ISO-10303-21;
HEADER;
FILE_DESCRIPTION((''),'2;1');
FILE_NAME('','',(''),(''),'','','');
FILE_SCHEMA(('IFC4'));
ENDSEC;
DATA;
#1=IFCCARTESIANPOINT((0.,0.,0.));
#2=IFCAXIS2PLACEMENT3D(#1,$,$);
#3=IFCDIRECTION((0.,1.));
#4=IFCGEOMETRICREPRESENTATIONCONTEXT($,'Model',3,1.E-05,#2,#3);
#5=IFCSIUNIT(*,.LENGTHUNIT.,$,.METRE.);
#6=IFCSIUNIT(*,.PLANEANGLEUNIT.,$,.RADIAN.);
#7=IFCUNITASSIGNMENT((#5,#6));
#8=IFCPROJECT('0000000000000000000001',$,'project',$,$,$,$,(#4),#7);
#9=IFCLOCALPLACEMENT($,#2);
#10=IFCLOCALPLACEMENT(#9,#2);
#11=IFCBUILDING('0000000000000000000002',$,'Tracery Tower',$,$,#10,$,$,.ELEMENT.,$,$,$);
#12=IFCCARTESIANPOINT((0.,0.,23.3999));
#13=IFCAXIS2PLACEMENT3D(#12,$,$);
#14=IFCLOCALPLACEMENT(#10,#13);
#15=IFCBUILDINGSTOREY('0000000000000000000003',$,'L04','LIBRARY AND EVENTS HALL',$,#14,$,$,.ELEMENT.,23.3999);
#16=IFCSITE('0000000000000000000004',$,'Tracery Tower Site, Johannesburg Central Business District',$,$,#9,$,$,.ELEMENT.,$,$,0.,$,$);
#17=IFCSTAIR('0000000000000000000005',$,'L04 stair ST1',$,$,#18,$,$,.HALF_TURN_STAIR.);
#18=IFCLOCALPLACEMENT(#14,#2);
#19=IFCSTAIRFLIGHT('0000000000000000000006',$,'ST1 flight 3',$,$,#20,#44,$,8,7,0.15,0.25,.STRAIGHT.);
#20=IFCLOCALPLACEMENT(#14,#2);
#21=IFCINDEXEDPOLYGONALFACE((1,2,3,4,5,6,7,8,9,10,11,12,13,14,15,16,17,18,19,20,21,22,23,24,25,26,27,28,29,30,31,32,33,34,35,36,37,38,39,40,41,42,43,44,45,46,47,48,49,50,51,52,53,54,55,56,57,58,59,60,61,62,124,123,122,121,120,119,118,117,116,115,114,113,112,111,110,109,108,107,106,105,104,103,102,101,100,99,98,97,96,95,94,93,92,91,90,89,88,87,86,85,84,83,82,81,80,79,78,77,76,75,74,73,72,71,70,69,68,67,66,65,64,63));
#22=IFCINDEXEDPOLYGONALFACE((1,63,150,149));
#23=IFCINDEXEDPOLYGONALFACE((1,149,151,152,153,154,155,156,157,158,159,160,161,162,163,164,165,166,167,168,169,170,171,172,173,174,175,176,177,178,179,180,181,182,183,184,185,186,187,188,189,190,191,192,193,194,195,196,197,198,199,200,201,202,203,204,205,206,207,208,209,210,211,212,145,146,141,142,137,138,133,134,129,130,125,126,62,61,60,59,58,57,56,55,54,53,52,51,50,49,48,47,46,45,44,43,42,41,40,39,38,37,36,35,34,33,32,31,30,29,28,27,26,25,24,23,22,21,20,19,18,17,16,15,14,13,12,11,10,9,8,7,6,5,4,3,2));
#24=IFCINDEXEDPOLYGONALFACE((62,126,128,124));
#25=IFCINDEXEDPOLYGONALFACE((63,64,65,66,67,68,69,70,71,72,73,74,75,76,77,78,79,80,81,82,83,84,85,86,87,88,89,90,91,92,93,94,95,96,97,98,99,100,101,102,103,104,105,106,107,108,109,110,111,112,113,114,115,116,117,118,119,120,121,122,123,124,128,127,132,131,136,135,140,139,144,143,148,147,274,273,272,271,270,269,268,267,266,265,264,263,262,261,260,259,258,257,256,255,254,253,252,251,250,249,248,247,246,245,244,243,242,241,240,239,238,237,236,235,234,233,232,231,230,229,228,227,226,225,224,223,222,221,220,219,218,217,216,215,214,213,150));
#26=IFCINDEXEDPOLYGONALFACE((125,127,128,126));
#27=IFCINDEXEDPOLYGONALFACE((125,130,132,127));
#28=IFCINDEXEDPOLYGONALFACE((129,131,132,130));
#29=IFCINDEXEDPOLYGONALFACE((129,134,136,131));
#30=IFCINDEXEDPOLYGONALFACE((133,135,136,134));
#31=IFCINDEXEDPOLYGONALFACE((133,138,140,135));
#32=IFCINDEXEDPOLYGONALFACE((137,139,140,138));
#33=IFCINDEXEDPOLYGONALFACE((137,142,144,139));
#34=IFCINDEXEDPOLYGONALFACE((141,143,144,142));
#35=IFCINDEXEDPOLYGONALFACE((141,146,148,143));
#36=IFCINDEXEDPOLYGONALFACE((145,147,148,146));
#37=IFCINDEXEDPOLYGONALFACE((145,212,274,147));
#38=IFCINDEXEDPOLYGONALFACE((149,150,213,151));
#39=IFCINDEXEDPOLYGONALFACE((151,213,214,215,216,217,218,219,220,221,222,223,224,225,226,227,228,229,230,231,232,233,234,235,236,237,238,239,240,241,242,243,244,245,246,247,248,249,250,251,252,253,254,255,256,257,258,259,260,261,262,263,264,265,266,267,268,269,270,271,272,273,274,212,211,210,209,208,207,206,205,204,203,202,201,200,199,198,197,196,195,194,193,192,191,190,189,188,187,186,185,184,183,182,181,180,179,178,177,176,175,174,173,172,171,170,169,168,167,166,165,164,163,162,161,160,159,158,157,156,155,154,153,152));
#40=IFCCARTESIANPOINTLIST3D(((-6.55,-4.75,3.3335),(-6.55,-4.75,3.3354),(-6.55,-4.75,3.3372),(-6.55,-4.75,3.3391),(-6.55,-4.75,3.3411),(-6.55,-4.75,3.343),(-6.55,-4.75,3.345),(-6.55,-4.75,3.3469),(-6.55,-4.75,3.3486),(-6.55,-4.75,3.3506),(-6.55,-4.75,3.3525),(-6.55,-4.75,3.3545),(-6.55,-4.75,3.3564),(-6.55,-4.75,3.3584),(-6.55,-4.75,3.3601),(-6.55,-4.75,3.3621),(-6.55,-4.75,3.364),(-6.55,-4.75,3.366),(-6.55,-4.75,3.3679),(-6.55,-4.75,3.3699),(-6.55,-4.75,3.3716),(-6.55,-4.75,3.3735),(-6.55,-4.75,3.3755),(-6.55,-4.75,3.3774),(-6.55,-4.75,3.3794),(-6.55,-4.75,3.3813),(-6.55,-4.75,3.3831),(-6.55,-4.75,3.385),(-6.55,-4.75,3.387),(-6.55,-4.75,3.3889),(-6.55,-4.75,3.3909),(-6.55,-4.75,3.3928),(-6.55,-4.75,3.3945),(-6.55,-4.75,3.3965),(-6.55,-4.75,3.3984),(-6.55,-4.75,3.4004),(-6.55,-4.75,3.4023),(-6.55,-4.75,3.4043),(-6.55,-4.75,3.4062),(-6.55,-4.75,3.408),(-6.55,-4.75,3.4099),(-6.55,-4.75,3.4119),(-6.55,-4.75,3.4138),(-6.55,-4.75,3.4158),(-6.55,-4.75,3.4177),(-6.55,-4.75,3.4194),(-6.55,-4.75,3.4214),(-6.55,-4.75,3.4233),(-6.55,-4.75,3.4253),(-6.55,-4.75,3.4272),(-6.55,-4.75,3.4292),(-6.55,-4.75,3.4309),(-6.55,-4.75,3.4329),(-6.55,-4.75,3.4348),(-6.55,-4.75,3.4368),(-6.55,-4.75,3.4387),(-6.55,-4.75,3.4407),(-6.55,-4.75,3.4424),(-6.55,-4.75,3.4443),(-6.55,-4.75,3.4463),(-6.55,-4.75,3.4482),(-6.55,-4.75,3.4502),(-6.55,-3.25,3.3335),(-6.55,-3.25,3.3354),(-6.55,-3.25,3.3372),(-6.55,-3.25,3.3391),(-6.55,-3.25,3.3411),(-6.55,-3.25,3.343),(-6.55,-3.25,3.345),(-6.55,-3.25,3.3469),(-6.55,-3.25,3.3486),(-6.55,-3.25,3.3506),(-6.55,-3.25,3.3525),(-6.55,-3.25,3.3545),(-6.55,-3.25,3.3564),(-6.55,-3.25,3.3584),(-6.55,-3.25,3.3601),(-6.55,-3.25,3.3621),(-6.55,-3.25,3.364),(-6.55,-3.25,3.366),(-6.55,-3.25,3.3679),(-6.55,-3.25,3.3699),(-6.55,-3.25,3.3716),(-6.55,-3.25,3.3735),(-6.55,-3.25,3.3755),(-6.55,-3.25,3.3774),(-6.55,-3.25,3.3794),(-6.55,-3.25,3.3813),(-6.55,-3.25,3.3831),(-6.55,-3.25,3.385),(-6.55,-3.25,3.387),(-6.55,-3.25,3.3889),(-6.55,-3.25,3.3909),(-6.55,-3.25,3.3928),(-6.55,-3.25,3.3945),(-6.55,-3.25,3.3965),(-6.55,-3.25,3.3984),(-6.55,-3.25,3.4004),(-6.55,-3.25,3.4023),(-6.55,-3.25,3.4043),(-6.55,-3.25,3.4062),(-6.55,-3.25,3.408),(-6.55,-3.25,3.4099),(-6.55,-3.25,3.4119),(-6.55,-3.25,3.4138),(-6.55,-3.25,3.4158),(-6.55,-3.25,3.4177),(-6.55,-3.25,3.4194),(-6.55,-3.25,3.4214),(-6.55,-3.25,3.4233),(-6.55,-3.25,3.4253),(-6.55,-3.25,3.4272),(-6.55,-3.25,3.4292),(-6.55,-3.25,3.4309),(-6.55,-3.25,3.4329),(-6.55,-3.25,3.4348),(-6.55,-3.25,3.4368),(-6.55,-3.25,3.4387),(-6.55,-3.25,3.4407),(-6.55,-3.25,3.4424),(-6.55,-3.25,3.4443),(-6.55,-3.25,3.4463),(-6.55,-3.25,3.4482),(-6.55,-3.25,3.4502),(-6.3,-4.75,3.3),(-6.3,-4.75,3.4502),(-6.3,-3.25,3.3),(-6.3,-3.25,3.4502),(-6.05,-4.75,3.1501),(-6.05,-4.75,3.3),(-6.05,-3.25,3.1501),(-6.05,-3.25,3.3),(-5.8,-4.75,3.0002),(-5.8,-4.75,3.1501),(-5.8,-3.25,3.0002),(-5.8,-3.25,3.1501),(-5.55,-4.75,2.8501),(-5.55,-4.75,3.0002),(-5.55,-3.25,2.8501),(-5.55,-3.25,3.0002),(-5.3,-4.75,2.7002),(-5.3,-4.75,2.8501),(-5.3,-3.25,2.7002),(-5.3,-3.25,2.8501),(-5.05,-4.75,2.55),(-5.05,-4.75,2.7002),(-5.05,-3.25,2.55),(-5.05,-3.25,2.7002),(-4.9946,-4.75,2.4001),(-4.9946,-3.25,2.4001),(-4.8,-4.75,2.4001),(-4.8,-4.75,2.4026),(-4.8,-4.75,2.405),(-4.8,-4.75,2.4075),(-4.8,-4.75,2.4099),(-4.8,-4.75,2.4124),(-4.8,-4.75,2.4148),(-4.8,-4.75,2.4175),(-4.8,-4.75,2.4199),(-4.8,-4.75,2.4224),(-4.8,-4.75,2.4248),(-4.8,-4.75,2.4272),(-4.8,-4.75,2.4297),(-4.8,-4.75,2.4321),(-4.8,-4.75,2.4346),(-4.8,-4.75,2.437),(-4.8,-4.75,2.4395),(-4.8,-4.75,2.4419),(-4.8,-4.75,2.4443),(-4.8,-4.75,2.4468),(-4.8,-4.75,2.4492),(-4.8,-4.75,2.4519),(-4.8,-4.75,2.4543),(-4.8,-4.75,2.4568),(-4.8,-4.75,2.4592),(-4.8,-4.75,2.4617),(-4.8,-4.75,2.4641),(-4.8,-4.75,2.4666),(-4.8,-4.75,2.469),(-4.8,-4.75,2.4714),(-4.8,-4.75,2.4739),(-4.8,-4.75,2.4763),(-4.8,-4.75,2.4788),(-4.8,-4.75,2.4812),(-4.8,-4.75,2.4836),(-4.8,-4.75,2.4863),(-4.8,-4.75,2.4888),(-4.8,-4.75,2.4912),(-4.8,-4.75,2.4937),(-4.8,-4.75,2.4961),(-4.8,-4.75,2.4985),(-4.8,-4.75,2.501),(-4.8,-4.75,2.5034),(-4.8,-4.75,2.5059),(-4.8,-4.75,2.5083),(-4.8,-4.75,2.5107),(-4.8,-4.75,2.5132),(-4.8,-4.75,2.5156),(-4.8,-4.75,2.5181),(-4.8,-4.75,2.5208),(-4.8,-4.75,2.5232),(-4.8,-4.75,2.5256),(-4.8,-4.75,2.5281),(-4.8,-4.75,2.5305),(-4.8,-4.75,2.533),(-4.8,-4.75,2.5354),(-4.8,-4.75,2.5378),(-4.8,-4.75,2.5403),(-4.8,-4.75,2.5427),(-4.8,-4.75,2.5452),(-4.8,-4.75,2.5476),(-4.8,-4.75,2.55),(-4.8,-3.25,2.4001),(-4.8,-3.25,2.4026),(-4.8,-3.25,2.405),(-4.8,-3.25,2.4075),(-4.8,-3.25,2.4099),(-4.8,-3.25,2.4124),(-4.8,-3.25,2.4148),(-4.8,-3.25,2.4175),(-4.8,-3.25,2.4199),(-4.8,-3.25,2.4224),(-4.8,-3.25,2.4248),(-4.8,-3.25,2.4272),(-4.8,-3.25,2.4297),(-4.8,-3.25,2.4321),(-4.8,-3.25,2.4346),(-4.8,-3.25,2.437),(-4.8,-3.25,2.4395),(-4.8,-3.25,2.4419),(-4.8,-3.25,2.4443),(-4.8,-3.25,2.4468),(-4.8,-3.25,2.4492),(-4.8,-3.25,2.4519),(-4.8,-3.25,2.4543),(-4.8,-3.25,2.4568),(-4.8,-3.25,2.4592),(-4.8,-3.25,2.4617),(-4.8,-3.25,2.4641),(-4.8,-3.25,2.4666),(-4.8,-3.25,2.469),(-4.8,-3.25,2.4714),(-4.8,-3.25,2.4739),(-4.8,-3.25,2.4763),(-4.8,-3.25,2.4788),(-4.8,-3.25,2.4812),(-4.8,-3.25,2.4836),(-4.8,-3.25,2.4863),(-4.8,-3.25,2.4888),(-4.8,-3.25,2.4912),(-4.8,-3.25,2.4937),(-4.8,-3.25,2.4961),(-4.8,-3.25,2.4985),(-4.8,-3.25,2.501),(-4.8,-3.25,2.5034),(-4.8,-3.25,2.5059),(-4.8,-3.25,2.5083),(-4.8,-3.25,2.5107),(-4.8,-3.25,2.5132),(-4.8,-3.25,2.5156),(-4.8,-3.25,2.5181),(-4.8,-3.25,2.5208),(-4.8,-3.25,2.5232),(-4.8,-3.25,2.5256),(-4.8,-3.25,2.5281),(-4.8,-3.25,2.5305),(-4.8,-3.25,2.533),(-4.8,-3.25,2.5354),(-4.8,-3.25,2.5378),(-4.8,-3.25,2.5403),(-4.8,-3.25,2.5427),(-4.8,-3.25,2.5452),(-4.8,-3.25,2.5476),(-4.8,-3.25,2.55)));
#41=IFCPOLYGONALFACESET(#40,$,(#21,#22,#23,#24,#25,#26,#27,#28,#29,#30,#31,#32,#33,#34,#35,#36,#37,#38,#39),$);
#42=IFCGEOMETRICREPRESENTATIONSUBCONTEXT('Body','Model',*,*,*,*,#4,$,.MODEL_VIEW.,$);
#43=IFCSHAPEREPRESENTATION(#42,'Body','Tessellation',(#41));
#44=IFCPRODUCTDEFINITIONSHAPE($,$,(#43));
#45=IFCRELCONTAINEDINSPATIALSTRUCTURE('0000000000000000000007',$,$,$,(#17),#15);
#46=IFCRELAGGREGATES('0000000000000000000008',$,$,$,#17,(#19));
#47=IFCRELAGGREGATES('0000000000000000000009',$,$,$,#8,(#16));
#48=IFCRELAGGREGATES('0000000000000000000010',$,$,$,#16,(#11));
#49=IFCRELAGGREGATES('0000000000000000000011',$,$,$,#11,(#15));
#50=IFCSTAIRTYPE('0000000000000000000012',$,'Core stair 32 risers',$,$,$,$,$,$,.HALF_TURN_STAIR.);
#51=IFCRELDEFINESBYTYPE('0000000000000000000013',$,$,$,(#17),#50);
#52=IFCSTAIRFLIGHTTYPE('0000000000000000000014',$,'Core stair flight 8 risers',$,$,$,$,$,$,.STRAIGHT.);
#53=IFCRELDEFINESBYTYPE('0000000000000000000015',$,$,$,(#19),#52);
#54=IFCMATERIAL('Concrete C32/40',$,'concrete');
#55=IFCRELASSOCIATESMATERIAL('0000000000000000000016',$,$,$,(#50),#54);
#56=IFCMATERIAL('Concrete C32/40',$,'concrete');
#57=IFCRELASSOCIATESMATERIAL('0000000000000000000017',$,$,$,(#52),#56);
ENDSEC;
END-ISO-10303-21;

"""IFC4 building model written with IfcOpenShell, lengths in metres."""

from ifc_helpers import new_model, si_unit, direction, frame, origin, place, context, subcontext, project, spatial, polyline, outline, extrude, material, type_object, element, aggregate, save


model = new_model("IFC4")

# Units and contexts
model_context = context("Model", 3, precision=1e-05, world=origin(), true_north=direction((0.0, 1.0)))
body_context = subcontext(model_context, "Body", "Model", "MODEL_VIEW")
ifc_project = project(units=[si_unit("LENGTHUNIT", "METRE"), si_unit("PLANEANGLEUNIT", "RADIAN")], contexts=[model_context])

# Site, building, storey
site_placement = place(None, origin())
site = spatial("IfcSite", under=ifc_project, at=site_placement, Name="Tracery Tower Site, Johannesburg Central Business District", CompositionType="ELEMENT", RefElevation=0.0)
building_placement = place(site_placement, origin())
building = spatial("IfcBuilding", under=site, at=building_placement, Name="Tracery Tower", CompositionType="ELEMENT")
storey_placement = place(building_placement, frame((0.0, 0.0, 23.3999)))
storey = spatial("IfcBuildingStorey", under=building, at=storey_placement, Name="L04", Description="LIBRARY AND EVENTS HALL", CompositionType="ELEMENT", Elevation=23.3999)

# Stair, stair flight
ifc_material_1 = material(Name="Concrete C32/40", Category="concrete")
stair_type = type_object("IfcStairType", Name="Core stair 32 risers", PredefinedType="HALF_TURN_STAIR", material=ifc_material_1)
stair_placement = place(storey_placement, origin())
stair = element("IfcStair", 1, at=stair_placement, inside=storey, type_object=stair_type, Name="L04 stair ST1", PredefinedType="HALF_TURN_STAIR")
ifc_material_2 = material(Name="Concrete C32/40", Category="concrete")
stair_flight_type = type_object("IfcStairFlightType", Name="Core stair flight 8 risers", PredefinedType="STRAIGHT", material=ifc_material_2)
stair_flight_1_placement = place(storey_placement, frame((-4.8, -4.0, 2.4001), z_axis=(0.0, 0.0, 1.0), x_axis=(-1.0, 0.0, 0.0)))
stair_flight_1 = element("IfcStairFlight", 2, at=stair_flight_1_placement, type_object=stair_flight_type, Name="ST1 flight 3", NumberOfRisers=8, NumberOfTreads=7, PredefinedType="STRAIGHT", RiserHeight=0.15, TreadLength=0.25, context=body_context, shape_type="SweptSolid", body=[
    extrude(outline(polyline([(0.0, 0.0), (0.0, 0.0024), (0.0, 0.0049), (0.0, 0.0073), (0.0, 0.0098), (0.0, 0.0122), (0.0, 0.0146), (0.0, 0.0173), (0.0, 0.0198), (0.0, 0.0222), (0.0, 0.0247), (0.0, 0.0271), (0.0, 0.0295), (0.0, 0.032), (0.0, 0.0344), (0.0, 0.0369), (0.0, 0.0393), (0.0, 0.0417), (0.0, 0.0442), (0.0, 0.0466), (0.0, 0.0491), (0.0, 0.0518), (0.0, 0.0542), (0.0, 0.0566), (0.0, 0.0591), (0.0, 0.0615), (0.0, 0.064), (0.0, 0.0664), (0.0, 0.0688), (0.0, 0.0713), (0.0, 0.0737), (0.0, 0.0762), (0.0, 0.0786), (0.0, 0.0811), (0.0, 0.0835), (0.0, 0.0862), (0.0, 0.0886), (0.0, 0.0911), (0.0, 0.0935), (0.0, 0.0959), (0.0, 0.0984), (0.0, 0.1008), (0.0, 0.1033), (0.0, 0.1057), (0.0, 0.1082), (0.0, 0.1106), (0.0, 0.113), (0.0, 0.1155), (0.0, 0.1179), (0.0, 0.1206), (0.0, 0.123), (0.0, 0.1255), (0.0, 0.1279), (0.0, 0.1304), (0.0, 0.1328), (0.0, 0.1353), (0.0, 0.1377), (0.0, 0.1401), (0.0, 0.1426), (0.0, 0.145), (0.0, 0.1475), (0.0, 0.1499), (0.25, 0.1499), (0.25, 0.3), (0.5, 0.3), (0.5, 0.45), (0.75, 0.45), (0.75, 0.6001), (1.0, 0.6001), (1.0, 0.75), (1.25, 0.75), (1.25, 0.8999), (1.5, 0.8999), (1.5, 1.05), (1.75, 1.05), (1.75, 1.0481), (1.75, 1.0461), (1.75, 1.0442), (1.75, 1.0422), (1.75, 1.0405), (1.75, 1.0386), (1.75, 1.0366), (1.75, 1.0347), (1.75, 1.0327), (1.75, 1.0308), (1.75, 1.0291), (1.75, 1.0271), (1.75, 1.0251), (1.75, 1.0232), (1.75, 1.0212), (1.75, 1.0193), (1.75, 1.0176), (1.75, 1.0156), (1.75, 1.0137), (1.75, 1.0117), (1.75, 1.0098), (1.75, 1.0078), (1.75, 1.0061), (1.75, 1.0042), (1.75, 1.0022), (1.75, 1.0002), (1.75, 0.9983), (1.75, 0.9963), (1.75, 0.9944), (1.75, 0.9927), (1.75, 0.9907), (1.75, 0.9888), (1.75, 0.9868), (1.75, 0.9849), (1.75, 0.9829), (1.75, 0.9812), (1.75, 0.9792), (1.75, 0.9773), (1.75, 0.9753), (1.75, 0.9734), (1.75, 0.9714), (1.75, 0.9697), (1.75, 0.9678), (1.75, 0.9658), (1.75, 0.9639), (1.75, 0.9619), (1.75, 0.96), (1.75, 0.9583), (1.75, 0.9563), (1.75, 0.9543), (1.75, 0.9524), (1.75, 0.9504), (1.75, 0.9485), (1.75, 0.9468), (1.75, 0.9448), (1.75, 0.9429), (1.75, 0.9409), (1.75, 0.939), (1.75, 0.937), (1.75, 0.9353), (1.75, 0.9333), (0.1946, 0.0), (0.0, 0.0)])), frame((0.0, 0.75, 0.0), z_axis=(0.0, -1.0, 0.0), x_axis=(1.0, 0.0, 0.0)), (0.0, 0.0, 1.0), 1.5),
])
aggregate(stair, [stair_flight_1])

save(model, "model.ifc")
